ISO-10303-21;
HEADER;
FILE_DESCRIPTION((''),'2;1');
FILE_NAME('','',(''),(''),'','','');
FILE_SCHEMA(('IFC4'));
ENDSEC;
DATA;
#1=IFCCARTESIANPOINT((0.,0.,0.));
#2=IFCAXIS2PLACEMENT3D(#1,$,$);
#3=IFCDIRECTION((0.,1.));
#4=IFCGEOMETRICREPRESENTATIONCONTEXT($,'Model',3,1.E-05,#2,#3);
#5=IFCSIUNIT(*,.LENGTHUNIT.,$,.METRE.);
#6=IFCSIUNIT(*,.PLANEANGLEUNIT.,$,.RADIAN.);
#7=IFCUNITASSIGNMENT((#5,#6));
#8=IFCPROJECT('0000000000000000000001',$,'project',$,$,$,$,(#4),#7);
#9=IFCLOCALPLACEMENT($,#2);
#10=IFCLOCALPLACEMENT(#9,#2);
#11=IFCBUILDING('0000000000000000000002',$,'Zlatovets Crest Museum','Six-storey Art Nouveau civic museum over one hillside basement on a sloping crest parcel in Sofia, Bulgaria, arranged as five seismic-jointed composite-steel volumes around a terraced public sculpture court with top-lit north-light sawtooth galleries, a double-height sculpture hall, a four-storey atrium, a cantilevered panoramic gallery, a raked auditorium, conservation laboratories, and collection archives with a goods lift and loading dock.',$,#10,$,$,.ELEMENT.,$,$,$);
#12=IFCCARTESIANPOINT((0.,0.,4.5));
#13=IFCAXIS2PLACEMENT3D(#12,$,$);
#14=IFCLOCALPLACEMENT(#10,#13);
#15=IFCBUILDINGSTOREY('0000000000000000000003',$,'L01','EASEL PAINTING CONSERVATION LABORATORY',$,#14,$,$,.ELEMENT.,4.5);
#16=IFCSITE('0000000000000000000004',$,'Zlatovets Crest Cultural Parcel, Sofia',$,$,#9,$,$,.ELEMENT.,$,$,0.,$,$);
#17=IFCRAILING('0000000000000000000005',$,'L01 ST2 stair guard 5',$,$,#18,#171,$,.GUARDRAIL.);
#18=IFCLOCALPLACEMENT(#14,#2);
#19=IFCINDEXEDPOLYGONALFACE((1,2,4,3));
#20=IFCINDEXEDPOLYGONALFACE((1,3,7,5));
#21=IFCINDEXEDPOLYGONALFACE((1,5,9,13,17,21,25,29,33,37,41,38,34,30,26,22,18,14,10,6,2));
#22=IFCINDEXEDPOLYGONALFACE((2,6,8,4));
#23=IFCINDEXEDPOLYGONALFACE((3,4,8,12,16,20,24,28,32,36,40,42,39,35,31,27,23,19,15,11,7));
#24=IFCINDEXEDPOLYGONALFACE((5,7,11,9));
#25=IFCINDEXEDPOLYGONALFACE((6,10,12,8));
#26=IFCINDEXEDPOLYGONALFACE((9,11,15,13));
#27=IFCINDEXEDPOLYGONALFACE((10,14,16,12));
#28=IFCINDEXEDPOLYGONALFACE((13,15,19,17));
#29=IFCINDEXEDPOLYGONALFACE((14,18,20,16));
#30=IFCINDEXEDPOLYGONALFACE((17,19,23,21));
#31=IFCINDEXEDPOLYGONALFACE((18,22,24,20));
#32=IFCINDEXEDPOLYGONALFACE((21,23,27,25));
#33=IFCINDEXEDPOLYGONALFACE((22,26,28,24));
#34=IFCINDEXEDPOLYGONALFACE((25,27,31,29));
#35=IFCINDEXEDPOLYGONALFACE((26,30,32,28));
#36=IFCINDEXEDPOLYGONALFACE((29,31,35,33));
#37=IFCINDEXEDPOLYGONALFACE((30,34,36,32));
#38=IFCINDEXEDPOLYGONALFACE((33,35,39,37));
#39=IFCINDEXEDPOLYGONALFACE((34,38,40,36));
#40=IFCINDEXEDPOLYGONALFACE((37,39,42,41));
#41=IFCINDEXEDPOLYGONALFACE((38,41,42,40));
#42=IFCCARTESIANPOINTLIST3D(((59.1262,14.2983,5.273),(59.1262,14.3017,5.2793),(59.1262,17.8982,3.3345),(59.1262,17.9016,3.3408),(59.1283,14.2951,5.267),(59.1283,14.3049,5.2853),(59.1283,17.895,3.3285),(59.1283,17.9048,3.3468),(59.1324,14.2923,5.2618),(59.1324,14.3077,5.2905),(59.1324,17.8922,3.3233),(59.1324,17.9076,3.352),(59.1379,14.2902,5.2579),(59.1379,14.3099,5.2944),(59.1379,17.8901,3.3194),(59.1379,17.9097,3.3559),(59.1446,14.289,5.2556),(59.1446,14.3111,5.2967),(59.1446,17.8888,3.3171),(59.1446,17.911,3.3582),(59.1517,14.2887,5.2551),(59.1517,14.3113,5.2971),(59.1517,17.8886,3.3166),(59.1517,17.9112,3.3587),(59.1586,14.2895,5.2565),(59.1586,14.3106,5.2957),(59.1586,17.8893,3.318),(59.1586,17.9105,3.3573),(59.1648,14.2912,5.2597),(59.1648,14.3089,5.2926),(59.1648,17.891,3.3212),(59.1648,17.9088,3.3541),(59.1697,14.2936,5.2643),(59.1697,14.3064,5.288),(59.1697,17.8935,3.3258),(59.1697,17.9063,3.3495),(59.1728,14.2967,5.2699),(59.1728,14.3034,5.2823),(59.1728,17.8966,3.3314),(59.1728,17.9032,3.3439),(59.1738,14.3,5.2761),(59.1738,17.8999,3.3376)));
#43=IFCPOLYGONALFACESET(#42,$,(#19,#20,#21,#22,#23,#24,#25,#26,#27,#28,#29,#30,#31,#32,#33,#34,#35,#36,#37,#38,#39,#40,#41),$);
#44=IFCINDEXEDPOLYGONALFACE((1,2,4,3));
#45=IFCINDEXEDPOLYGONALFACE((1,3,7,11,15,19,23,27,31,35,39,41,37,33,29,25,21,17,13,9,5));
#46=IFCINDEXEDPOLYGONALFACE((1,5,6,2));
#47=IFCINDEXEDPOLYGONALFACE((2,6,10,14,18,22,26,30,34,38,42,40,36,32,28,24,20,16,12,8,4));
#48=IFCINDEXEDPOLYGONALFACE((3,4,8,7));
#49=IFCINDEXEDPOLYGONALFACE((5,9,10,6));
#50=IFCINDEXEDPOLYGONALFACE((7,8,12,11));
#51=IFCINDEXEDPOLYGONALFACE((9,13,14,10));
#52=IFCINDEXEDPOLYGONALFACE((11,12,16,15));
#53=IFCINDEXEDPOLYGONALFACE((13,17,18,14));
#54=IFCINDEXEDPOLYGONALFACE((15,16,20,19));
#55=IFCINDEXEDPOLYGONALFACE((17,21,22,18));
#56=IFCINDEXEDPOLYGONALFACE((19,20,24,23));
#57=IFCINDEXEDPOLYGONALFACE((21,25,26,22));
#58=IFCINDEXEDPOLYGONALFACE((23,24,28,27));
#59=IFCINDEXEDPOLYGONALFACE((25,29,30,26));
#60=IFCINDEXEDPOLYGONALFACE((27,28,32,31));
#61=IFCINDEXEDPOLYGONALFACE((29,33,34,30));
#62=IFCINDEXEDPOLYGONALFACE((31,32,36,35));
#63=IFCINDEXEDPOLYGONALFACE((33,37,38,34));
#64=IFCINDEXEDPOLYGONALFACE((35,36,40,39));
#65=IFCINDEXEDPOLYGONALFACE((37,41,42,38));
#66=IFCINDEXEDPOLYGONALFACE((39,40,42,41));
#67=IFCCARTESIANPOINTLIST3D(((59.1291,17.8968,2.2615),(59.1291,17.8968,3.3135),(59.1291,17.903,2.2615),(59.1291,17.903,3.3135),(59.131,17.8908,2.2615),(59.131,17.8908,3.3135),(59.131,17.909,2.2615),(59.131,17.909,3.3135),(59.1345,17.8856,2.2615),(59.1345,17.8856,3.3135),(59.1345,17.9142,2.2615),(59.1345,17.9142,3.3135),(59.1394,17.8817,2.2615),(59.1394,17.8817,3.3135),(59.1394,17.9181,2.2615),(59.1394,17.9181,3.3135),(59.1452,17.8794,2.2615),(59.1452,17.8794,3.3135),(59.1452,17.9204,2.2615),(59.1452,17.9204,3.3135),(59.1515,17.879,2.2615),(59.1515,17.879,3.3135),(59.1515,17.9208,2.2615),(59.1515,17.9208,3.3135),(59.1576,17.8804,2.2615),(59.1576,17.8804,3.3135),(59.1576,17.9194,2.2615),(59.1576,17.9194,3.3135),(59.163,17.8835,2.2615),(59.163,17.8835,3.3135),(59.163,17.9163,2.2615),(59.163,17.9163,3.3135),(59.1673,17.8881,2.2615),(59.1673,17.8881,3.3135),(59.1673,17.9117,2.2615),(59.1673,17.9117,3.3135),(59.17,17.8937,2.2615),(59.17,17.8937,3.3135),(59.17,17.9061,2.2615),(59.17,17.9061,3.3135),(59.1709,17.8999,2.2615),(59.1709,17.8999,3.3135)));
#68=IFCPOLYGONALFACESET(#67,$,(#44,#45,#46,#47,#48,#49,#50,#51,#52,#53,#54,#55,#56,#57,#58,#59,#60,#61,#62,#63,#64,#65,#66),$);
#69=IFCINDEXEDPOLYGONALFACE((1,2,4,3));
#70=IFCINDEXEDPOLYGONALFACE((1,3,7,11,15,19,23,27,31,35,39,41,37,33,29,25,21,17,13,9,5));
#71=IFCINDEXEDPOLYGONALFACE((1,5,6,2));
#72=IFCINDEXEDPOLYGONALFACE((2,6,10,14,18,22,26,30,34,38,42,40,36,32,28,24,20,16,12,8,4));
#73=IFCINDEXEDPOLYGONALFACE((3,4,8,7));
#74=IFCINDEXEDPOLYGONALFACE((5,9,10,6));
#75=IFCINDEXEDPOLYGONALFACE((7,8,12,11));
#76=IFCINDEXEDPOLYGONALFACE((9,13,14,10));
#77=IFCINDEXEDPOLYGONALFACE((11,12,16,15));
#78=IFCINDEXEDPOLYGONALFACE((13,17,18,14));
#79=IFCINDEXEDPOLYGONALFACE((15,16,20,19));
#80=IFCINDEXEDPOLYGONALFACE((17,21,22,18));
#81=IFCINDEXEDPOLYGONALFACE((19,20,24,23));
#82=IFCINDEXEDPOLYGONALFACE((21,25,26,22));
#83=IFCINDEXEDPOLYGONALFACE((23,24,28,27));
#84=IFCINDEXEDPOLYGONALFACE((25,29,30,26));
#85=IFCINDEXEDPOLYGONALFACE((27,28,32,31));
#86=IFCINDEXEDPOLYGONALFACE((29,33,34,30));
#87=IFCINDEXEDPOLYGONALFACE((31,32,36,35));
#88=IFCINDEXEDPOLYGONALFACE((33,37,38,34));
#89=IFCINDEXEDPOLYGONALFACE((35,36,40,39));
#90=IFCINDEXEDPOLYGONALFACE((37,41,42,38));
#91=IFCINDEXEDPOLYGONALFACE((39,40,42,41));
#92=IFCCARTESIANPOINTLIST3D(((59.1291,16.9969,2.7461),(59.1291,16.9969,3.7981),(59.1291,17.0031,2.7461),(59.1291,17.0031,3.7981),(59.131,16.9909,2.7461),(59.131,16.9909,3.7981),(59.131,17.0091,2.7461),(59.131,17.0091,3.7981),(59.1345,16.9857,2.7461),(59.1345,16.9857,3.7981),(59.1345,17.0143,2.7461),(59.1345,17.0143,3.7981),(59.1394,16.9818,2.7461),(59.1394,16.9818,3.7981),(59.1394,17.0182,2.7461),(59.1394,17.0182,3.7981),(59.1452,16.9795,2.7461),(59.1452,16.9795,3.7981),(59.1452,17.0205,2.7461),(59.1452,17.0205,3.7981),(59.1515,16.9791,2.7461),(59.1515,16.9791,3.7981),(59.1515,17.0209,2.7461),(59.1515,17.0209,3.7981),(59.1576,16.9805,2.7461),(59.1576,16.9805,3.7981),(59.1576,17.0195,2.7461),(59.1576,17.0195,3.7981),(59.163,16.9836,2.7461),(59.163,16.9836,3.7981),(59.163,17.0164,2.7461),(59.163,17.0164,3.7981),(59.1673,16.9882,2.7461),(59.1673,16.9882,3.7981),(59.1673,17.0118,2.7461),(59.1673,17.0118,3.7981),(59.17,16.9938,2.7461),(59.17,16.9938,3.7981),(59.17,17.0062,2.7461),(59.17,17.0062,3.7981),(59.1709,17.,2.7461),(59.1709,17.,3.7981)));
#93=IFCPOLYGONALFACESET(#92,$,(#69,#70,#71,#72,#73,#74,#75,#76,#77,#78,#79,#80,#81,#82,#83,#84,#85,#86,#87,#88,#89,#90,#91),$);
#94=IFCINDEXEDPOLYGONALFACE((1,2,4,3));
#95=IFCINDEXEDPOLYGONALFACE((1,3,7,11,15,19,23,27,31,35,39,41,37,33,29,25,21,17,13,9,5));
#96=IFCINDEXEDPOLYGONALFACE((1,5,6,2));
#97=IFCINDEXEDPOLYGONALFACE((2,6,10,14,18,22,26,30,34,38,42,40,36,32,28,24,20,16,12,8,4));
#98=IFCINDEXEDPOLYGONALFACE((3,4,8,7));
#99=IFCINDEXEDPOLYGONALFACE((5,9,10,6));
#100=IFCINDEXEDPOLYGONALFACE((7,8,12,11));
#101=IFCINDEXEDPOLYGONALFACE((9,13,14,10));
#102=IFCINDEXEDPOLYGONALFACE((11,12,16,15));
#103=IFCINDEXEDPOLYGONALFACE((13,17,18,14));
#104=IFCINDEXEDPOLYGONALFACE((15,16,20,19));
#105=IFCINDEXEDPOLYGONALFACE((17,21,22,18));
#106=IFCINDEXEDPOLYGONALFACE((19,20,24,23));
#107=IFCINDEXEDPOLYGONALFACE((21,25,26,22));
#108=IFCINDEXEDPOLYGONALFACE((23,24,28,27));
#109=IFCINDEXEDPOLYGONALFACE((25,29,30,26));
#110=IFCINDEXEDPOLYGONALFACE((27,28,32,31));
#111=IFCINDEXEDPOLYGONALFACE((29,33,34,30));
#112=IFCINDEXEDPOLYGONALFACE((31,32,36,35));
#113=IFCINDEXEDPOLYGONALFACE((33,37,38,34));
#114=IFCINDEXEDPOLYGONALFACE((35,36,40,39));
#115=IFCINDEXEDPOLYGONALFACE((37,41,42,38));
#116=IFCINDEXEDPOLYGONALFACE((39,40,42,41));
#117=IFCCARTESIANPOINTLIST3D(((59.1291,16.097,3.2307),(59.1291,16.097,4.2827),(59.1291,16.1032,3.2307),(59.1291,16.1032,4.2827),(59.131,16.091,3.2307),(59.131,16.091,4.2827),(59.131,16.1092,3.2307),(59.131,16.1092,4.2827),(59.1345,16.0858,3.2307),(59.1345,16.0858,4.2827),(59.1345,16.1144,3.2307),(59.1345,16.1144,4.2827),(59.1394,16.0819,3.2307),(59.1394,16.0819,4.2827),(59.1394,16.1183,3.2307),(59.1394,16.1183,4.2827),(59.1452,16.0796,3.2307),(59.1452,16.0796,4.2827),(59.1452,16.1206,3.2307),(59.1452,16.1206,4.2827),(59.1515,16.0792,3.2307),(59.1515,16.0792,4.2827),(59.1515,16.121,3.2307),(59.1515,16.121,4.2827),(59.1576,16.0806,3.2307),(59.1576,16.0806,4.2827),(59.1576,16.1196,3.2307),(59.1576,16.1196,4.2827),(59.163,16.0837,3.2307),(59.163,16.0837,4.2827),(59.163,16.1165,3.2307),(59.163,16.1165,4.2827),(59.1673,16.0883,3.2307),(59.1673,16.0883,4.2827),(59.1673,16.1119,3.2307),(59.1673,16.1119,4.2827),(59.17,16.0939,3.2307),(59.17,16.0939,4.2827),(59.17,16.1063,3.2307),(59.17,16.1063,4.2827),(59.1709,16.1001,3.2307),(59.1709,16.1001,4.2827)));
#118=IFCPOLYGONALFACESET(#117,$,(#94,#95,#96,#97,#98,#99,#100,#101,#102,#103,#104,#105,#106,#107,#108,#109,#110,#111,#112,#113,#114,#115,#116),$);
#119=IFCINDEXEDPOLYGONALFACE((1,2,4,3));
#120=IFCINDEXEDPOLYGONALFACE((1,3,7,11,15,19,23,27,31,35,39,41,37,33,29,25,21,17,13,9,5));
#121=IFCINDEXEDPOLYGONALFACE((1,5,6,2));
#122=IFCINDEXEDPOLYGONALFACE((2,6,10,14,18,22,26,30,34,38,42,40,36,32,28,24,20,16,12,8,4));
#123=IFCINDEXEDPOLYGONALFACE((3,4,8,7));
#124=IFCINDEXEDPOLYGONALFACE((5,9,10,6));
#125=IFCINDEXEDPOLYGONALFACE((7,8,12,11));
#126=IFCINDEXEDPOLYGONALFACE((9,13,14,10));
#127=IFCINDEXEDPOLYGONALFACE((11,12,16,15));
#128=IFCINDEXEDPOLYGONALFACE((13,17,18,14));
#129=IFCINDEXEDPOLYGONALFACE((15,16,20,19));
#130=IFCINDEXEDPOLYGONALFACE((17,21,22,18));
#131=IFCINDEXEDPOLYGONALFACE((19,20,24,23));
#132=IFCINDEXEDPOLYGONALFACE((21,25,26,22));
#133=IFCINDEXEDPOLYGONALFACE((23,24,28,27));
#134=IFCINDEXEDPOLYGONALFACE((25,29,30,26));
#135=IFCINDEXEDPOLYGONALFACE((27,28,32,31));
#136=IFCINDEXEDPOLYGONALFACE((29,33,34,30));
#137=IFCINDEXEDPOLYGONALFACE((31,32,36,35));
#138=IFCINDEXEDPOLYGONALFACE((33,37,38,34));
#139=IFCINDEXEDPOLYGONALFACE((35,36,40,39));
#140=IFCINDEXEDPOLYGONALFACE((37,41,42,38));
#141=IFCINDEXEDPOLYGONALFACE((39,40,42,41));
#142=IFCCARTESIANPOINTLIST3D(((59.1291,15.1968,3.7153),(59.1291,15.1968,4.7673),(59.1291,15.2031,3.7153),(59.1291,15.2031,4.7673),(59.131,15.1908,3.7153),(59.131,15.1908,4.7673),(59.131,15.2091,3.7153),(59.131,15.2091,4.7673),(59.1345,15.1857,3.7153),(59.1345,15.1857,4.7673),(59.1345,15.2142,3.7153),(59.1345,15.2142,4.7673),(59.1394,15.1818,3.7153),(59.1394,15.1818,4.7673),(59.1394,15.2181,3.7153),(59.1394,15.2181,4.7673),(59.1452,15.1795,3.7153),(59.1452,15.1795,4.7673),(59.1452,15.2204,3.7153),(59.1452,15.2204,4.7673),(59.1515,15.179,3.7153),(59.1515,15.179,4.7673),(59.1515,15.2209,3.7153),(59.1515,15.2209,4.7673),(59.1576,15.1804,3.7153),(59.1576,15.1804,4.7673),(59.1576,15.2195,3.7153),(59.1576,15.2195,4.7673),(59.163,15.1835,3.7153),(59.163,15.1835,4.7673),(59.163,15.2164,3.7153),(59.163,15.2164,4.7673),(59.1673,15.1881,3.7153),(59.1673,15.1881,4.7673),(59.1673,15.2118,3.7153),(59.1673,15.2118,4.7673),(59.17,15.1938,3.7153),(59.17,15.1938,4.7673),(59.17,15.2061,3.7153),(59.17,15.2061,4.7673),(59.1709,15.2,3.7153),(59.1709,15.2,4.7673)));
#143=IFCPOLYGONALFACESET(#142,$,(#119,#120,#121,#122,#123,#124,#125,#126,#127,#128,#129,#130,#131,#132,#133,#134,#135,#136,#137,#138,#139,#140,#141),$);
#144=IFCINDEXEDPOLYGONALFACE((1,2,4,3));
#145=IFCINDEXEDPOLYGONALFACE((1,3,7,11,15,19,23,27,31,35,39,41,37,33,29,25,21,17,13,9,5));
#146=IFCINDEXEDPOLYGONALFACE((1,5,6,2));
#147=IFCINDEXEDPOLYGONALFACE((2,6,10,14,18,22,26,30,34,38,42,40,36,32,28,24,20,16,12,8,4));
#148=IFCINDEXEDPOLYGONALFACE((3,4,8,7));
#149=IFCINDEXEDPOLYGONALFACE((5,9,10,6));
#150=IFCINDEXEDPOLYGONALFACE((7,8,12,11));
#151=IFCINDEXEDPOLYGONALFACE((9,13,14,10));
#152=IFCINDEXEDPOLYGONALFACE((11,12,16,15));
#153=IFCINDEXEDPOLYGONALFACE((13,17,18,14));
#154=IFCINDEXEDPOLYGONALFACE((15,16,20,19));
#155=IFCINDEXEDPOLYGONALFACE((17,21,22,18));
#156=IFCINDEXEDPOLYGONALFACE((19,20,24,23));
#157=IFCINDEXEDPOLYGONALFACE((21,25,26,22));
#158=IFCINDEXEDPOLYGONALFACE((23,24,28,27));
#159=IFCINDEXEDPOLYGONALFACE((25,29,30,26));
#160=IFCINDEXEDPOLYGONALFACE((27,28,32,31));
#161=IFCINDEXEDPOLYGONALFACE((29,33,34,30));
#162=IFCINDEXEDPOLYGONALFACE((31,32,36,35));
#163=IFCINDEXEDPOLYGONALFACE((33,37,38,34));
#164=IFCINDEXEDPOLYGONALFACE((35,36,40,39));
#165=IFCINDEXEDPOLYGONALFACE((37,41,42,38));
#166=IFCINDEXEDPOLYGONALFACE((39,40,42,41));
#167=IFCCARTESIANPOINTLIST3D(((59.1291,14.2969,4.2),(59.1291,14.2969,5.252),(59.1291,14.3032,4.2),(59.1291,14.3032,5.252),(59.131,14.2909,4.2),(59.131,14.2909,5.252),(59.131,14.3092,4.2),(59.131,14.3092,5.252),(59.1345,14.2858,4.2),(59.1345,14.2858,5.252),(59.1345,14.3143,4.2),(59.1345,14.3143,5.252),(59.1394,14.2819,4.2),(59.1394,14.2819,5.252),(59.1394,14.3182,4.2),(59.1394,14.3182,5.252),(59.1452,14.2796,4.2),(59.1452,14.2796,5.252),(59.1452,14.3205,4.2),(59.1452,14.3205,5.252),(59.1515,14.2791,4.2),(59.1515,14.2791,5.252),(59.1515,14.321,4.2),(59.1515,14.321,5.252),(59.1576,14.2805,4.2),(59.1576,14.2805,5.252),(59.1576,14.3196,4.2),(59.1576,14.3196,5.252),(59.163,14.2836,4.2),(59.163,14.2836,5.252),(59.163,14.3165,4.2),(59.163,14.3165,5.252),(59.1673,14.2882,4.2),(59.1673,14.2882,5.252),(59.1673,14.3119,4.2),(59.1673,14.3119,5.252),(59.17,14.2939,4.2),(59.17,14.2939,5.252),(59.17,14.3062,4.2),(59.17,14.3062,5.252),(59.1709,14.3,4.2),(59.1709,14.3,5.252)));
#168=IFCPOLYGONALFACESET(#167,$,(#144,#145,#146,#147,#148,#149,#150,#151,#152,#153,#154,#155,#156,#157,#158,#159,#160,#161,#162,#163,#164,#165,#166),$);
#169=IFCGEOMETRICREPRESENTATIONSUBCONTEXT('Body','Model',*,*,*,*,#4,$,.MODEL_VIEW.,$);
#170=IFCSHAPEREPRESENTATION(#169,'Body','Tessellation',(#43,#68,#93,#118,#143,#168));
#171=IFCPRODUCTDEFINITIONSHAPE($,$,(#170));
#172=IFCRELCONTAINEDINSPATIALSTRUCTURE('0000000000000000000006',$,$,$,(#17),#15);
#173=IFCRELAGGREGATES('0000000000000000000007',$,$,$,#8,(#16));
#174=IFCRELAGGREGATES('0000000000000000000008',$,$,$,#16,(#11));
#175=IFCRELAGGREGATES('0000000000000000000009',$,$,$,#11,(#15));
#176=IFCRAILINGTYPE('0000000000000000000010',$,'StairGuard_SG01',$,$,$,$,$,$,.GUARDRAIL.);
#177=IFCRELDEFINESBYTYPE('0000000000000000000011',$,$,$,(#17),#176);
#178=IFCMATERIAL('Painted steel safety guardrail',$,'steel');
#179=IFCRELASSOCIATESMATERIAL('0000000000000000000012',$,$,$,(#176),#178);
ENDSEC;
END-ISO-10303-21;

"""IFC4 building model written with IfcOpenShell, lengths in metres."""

from ifc_helpers import new_model, si_unit, direction, frame, origin, origin_2d, place, context, subcontext, project, spatial, circle, extrude, material, type_object, element, save


model = new_model("IFC4")

# Units and contexts
model_context = context("Model", 3, precision=1e-05, world=origin(), true_north=direction((0.0, 1.0)))
body_context = subcontext(model_context, "Body", "Model", "MODEL_VIEW")
ifc_project = project(units=[si_unit("LENGTHUNIT", "METRE"), si_unit("PLANEANGLEUNIT", "RADIAN")], contexts=[model_context])

# Site, building, storey
site_placement = place(None, origin())
site = spatial("IfcSite", under=ifc_project, at=site_placement, Name="Zlatovets Crest Cultural Parcel, Sofia", CompositionType="ELEMENT", RefElevation=0.0)
building_placement = place(site_placement, origin())
building = spatial("IfcBuilding", under=site, at=building_placement, Name="Zlatovets Crest Museum", Description="Six-storey Art Nouveau civic museum over one hillside basement on a sloping crest parcel in Sofia, Bulgaria, arranged as five seismic-jointed composite-steel volumes around a terraced public sculpture court with top-lit north-light sawtooth galleries, a double-height sculpture hall, a four-storey atrium, a cantilevered panoramic gallery, a raked auditorium, conservation laboratories, and collection archives with a goods lift and loading dock.", CompositionType="ELEMENT")
storey_placement = place(building_placement, frame((0.0, 0.0, 4.5)))
storey = spatial("IfcBuildingStorey", under=building, at=storey_placement, Name="L01", Description="EASEL PAINTING CONSERVATION LABORATORY", CompositionType="ELEMENT", Elevation=4.5)

# Railing
ifc_material_1 = material(Name="Painted steel safety guardrail", Category="steel")
railing_type_1 = type_object("IfcRailingType", Name="StairGuard_SG01", PredefinedType="GUARDRAIL", material=ifc_material_1)
railing_1_placement = place(storey_placement, frame((59.1499, 17.8999, 2.2615)))
element("IfcRailing", 1, at=railing_1_placement, inside=storey, type_object=railing_type_1, Name="L01 ST2 stair guard 5", PredefinedType="GUARDRAIL", context=body_context, shape_type="SweptSolid", body=[
    extrude(circle(Radius=0.0239, at=origin_2d()), frame((0.0, 0.0, 1.0762), z_axis=(0.0, -0.880462, 0.474118), x_axis=(1.0, 0.0, 0.0)), (0.0, 0.0, 1.0), 4.0886),
    extrude(circle(Radius=0.021, at=origin_2d()), origin(), (0.0, 0.0, 1.0), 1.052),
    extrude(circle(Radius=0.021, at=origin_2d()), frame((0.0, -0.8999, 0.4846)), (0.0, 0.0, 1.0), 1.052),
    extrude(circle(Radius=0.021, at=origin_2d()), frame((0.0, -1.7998, 0.9692)), (0.0, 0.0, 1.0), 1.052),
    extrude(circle(Radius=0.021, at=origin_2d()), frame((0.0, -2.7, 1.4539)), (0.0, 0.0, 1.0), 1.052),
    extrude(circle(Radius=0.021, at=origin_2d()), frame((0.0, -3.5999, 1.9385)), (0.0, 0.0, 1.0), 1.052),
])

save(model, "model.ifc")
